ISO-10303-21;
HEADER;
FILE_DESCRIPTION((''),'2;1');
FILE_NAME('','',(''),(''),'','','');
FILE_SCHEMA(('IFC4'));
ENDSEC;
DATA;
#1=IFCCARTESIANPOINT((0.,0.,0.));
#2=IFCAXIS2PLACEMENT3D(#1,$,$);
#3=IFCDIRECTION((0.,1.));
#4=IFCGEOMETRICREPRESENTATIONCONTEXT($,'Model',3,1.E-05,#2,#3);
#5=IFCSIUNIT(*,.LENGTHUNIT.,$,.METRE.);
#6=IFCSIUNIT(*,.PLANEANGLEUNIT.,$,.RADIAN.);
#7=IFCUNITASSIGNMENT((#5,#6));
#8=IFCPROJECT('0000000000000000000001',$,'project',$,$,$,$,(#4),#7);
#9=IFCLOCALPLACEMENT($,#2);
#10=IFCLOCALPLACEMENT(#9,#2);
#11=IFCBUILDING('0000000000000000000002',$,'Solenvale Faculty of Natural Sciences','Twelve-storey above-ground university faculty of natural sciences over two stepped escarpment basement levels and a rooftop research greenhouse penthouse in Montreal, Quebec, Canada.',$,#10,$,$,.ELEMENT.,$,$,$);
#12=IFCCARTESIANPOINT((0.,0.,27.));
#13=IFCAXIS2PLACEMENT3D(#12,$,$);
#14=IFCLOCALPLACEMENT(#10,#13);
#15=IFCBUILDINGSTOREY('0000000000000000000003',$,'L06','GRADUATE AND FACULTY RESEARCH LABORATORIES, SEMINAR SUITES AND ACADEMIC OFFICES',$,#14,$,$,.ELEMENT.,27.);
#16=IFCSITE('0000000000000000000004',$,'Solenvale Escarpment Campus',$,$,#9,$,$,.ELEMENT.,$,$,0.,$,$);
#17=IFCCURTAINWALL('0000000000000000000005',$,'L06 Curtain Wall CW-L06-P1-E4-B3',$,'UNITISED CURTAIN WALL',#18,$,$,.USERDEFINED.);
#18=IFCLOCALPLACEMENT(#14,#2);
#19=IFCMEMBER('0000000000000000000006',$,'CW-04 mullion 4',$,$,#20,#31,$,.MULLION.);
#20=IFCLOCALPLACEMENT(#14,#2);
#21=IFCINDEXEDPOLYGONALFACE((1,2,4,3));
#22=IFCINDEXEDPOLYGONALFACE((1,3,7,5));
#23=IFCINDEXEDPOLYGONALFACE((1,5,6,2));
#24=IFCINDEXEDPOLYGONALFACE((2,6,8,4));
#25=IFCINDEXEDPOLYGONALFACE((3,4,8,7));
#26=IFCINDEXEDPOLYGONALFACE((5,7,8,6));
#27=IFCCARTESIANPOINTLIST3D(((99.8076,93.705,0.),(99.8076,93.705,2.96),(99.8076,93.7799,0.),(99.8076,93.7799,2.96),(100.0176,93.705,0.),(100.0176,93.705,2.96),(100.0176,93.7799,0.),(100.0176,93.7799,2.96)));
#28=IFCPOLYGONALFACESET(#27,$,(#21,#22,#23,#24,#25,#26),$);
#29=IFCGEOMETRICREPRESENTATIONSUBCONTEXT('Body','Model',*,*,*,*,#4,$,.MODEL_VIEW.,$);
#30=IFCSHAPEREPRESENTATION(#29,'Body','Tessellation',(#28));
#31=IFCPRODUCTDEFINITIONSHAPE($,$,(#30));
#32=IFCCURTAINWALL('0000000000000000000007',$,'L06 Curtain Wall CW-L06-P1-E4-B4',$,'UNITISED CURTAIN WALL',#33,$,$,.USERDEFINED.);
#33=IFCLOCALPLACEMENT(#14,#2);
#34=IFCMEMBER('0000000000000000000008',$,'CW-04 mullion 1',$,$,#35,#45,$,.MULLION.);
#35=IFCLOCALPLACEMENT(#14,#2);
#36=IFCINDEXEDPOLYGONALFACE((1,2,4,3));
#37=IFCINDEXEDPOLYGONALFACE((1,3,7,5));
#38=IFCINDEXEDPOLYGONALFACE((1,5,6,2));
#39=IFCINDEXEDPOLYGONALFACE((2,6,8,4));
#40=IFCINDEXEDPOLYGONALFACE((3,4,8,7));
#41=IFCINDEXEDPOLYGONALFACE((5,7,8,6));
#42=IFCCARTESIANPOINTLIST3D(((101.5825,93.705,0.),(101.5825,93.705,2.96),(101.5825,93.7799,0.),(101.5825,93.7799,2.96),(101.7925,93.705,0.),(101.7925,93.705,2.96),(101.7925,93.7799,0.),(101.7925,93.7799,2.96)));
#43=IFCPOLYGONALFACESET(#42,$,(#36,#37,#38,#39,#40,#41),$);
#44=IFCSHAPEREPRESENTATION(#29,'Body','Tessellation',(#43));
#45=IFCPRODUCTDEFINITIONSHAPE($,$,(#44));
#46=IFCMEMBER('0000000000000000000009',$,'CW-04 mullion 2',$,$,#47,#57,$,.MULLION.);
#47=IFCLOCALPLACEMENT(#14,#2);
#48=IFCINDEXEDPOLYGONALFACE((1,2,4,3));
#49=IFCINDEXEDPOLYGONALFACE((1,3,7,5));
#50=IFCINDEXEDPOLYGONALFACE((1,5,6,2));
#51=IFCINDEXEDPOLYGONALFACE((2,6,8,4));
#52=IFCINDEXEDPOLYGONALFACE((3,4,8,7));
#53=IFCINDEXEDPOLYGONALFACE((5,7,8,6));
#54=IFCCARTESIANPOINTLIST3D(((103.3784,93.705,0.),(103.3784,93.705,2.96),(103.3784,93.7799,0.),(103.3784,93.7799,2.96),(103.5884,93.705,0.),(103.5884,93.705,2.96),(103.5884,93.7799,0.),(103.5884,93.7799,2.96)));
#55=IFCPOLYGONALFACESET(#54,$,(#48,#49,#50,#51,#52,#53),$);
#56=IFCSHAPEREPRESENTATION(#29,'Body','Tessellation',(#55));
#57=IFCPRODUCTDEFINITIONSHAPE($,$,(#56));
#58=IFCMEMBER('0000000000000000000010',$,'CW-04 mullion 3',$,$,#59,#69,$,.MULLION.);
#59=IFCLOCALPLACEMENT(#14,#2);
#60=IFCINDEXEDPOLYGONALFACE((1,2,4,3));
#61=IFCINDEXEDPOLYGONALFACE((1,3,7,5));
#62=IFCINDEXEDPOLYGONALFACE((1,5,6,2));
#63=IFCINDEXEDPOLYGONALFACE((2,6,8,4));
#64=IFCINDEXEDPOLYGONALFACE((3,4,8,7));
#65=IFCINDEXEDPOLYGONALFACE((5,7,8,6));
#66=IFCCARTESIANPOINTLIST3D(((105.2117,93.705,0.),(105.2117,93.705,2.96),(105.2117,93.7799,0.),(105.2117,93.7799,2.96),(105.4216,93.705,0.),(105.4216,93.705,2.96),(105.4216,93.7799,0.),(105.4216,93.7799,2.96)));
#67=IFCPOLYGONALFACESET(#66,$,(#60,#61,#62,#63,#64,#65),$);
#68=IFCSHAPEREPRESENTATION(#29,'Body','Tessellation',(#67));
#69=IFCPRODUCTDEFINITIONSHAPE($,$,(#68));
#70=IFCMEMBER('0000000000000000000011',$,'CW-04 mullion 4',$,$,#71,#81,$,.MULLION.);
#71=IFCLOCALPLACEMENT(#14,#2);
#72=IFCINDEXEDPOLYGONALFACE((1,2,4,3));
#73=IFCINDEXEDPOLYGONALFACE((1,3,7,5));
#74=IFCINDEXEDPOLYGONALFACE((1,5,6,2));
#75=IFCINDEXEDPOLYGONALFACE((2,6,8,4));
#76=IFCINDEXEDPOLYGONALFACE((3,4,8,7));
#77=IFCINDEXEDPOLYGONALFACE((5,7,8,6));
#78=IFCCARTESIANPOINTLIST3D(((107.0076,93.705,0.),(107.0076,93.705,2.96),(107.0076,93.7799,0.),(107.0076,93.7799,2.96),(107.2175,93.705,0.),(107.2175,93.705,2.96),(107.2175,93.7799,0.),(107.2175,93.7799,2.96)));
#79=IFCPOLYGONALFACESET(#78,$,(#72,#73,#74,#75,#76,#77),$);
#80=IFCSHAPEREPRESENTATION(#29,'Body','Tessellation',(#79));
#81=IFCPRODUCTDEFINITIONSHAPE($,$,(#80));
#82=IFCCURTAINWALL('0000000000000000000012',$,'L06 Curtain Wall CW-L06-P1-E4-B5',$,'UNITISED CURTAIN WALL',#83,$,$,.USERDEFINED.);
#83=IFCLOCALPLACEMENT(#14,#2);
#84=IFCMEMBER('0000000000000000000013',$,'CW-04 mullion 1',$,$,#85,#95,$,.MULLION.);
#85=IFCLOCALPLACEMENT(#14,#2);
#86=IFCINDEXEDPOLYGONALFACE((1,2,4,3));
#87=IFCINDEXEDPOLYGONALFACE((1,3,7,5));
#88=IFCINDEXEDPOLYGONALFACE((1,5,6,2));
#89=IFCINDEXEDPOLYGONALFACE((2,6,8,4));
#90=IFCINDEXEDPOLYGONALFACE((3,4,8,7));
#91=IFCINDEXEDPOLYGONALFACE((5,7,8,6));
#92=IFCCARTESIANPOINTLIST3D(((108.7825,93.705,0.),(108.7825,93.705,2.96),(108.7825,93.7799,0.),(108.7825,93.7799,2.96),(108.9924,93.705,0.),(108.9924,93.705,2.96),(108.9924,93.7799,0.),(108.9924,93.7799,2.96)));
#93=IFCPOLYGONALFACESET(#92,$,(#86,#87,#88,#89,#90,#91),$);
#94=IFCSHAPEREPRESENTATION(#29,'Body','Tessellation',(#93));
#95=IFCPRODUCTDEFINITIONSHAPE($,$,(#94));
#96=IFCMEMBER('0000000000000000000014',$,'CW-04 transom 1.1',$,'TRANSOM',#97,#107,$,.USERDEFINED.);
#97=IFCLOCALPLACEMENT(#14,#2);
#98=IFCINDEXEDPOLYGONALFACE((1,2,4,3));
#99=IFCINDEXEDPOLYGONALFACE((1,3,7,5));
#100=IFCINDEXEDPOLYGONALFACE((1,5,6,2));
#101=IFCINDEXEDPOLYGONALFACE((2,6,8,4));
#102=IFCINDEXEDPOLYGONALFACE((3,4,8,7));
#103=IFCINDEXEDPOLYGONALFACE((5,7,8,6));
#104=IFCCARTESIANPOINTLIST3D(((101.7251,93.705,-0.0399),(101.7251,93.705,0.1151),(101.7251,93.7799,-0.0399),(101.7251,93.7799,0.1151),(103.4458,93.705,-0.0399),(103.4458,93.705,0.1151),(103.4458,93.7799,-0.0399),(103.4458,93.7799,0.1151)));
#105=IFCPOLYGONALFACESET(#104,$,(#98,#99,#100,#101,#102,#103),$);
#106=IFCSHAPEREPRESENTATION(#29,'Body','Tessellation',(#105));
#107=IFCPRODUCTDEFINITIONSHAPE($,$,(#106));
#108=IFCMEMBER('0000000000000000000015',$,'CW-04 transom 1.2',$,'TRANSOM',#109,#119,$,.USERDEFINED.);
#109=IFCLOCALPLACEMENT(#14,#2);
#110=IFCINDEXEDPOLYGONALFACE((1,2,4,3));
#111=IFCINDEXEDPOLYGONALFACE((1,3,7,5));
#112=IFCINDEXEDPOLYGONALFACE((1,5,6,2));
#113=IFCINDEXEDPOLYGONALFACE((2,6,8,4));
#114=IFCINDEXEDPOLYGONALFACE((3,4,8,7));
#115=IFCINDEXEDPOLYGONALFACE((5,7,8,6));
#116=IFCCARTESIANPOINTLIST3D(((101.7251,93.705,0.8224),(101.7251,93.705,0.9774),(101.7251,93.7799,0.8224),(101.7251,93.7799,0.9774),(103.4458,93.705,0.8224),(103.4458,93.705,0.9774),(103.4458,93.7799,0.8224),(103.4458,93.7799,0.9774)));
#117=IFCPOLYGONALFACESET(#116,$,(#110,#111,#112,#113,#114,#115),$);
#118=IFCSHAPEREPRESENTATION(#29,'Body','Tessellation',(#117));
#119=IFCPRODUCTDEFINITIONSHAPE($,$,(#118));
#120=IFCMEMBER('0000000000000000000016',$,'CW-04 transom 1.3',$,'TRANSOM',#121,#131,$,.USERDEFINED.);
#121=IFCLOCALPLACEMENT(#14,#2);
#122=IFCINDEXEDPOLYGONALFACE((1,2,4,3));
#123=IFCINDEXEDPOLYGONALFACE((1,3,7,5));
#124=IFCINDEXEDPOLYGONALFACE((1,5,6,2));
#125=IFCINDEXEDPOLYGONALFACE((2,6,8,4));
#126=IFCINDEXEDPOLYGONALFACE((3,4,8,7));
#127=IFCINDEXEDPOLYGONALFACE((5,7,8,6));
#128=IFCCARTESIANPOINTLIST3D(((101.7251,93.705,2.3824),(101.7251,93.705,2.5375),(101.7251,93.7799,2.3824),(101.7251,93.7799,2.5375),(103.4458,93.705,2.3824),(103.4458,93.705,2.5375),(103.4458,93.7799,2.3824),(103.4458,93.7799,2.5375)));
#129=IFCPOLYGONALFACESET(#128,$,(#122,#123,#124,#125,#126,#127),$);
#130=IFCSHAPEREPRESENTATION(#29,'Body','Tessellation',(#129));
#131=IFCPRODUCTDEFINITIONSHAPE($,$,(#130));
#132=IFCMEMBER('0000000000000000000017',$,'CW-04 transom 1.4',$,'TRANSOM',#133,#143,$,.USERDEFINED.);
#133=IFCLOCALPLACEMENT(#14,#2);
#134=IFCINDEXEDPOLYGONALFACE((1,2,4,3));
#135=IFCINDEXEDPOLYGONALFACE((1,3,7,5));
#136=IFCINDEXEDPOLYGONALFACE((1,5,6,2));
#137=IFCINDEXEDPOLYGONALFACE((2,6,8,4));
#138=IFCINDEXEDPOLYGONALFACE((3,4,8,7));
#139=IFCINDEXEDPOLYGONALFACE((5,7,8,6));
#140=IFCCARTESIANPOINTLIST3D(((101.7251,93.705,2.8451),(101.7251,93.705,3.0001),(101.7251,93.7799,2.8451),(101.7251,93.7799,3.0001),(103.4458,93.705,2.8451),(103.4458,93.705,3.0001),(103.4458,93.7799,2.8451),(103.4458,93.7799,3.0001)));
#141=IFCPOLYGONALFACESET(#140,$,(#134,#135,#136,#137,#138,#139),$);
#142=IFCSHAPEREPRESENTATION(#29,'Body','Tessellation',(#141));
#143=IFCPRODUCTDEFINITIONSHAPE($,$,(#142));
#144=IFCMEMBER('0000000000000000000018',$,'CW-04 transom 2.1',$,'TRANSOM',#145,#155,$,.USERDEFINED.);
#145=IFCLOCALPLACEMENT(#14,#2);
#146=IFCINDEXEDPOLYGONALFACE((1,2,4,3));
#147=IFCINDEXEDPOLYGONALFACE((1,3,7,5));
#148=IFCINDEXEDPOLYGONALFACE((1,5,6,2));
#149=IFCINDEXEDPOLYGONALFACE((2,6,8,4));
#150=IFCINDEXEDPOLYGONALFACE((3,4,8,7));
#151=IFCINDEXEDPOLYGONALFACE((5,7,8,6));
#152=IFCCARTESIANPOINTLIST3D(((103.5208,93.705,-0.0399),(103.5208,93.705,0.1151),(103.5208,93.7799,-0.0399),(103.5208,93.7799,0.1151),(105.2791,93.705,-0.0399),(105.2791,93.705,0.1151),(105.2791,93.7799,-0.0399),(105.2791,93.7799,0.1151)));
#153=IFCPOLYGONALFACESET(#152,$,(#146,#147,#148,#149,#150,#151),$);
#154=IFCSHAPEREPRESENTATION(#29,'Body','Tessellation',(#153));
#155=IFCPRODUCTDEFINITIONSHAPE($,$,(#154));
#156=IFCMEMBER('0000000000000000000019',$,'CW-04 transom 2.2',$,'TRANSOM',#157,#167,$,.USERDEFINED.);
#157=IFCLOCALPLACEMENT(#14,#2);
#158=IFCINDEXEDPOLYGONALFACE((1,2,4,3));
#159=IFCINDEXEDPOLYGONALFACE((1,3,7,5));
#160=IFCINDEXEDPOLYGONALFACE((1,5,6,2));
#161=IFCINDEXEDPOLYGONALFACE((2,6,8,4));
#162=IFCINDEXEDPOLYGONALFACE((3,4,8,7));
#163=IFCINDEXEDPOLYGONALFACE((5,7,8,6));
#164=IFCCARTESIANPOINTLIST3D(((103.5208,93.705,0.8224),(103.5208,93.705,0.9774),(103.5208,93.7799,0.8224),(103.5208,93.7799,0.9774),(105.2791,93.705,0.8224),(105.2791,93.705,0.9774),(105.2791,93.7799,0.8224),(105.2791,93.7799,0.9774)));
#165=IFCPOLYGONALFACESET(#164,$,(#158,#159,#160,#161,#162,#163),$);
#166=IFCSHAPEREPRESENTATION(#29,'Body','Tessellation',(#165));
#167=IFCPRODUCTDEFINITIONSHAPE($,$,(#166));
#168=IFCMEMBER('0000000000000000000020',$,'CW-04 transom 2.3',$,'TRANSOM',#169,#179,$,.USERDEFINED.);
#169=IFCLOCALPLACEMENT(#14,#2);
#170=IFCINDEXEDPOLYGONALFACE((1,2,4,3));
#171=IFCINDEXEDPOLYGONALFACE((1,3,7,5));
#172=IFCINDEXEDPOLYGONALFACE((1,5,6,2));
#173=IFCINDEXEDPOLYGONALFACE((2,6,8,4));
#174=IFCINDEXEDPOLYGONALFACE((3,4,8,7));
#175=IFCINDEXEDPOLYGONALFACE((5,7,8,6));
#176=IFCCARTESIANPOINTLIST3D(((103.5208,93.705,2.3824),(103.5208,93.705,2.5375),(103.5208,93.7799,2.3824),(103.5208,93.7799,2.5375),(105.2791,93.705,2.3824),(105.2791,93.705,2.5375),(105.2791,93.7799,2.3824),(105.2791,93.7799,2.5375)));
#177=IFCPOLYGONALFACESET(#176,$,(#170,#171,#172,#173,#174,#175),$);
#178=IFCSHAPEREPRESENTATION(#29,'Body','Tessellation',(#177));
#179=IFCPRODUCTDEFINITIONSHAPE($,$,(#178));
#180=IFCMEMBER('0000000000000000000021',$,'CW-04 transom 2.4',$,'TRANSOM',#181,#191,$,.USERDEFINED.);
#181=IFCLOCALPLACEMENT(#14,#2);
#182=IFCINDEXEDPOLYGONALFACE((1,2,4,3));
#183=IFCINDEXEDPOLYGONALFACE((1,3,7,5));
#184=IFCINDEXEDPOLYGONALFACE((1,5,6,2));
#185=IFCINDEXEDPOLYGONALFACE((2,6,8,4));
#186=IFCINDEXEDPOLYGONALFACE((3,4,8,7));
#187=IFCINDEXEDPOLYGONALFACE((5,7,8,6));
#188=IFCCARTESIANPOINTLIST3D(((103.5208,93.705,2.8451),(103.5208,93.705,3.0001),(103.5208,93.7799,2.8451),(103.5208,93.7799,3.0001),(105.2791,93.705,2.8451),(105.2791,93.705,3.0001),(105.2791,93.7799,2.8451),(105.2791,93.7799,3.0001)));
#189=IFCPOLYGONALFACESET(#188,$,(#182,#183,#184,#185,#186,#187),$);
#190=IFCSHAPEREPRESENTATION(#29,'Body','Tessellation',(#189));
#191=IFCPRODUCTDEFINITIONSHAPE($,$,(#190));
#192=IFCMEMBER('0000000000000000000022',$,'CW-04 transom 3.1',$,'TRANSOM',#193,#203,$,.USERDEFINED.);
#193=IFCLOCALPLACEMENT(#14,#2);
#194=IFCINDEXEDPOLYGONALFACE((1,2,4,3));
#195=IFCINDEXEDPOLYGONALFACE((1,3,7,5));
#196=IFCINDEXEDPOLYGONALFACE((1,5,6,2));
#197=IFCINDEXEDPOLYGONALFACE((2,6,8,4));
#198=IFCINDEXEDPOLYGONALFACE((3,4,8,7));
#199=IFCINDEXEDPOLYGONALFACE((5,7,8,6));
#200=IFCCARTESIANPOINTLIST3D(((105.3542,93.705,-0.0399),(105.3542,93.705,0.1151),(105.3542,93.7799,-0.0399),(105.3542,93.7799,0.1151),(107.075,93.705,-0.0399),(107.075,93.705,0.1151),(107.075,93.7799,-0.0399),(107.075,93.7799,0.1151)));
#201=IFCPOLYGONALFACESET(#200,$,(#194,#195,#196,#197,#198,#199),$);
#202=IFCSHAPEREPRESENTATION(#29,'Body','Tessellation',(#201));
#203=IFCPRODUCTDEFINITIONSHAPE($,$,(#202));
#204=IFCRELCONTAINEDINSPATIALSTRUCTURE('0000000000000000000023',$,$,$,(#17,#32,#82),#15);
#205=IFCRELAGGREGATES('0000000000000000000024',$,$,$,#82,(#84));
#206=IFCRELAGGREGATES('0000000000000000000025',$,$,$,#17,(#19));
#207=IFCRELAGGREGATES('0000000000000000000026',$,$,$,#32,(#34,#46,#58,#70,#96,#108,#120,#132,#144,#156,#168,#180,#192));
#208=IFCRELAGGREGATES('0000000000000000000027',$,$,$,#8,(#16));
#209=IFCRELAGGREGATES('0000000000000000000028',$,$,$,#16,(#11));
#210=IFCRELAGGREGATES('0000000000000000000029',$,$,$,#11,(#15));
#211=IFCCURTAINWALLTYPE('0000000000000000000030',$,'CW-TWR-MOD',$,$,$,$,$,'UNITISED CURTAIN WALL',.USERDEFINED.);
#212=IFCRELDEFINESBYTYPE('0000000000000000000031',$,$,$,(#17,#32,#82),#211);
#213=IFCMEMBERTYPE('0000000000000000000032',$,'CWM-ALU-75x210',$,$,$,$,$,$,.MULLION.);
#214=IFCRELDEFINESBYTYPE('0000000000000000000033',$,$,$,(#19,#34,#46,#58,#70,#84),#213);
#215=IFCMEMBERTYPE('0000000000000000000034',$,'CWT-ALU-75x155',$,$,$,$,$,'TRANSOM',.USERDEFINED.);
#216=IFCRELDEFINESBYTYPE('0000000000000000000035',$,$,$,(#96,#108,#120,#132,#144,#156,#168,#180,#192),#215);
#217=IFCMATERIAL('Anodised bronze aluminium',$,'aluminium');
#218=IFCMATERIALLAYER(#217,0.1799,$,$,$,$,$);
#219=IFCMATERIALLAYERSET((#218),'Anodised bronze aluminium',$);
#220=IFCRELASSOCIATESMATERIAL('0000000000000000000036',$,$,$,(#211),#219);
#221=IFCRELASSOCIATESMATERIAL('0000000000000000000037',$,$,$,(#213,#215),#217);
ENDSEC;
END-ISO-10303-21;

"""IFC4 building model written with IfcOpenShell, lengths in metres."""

from ifc_helpers import new_model, si_unit, direction, frame, origin, origin_2d, place, context, subcontext, project, spatial, rectangle, extrude, material, layer, layer_set, material_profile, profile_set, type_object, element, aggregate, save


model = new_model("IFC4")

# Units and contexts
model_context = context("Model", 3, precision=1e-05, world=origin(), true_north=direction((0.0, 1.0)))
body_context = subcontext(model_context, "Body", "Model", "MODEL_VIEW")
ifc_project = project(units=[si_unit("LENGTHUNIT", "METRE"), si_unit("PLANEANGLEUNIT", "RADIAN")], contexts=[model_context])

# Site, building, storey
site_placement = place(None, origin())
site = spatial("IfcSite", under=ifc_project, at=site_placement, Name="Solenvale Escarpment Campus", CompositionType="ELEMENT", RefElevation=0.0)
building_placement = place(site_placement, origin())
building = spatial("IfcBuilding", under=site, at=building_placement, Name="Solenvale Faculty of Natural Sciences", Description="Twelve-storey above-ground university faculty of natural sciences over two stepped escarpment basement levels and a rooftop research greenhouse penthouse in Montreal, Quebec, Canada.", CompositionType="ELEMENT")
storey_placement = place(building_placement, frame((0.0, 0.0, 27.0)))
storey = spatial("IfcBuildingStorey", under=building, at=storey_placement, Name="L06", Description="GRADUATE AND FACULTY RESEARCH LABORATORIES, SEMINAR SUITES AND ACADEMIC OFFICES", CompositionType="ELEMENT", Elevation=27.0)

# Curtain wall, member
ifc_material_1 = material(Name="Anodised bronze aluminium", Category="aluminium")
ifc_layer_1 = layer(ifc_material_1, 0.1799)
ifc_layer_set_1 = layer_set([ifc_layer_1], Name="Anodised bronze aluminium")
curtain_wall_type = type_object("IfcCurtainWallType", Name="CW-TWR-MOD", ElementType="UNITISED CURTAIN WALL", PredefinedType="USERDEFINED", material=ifc_layer_set_1)
curtain_wall_1_placement = place(storey_placement, origin())
curtain_wall_1 = element("IfcCurtainWall", 1, at=curtain_wall_1_placement, inside=storey, type_object=curtain_wall_type, Name="L06 Curtain Wall CW-L06-P1-E4-B3", ObjectType="UNITISED CURTAIN WALL", PredefinedType="USERDEFINED")
ifc_material_profile_1 = material_profile(ifc_material_1, rectangle(XDim=0.075, YDim=0.21, at=origin_2d()), Name="ALU-MUL-75x210")
ifc_profile_set_1 = profile_set([ifc_material_profile_1], Name="Anodised bronze aluminium")
member_type_1 = type_object("IfcMemberType", Name="CWM-ALU-75x210", PredefinedType="MULLION", material=ifc_profile_set_1)
member_1_placement = place(storey_placement, frame((99.9126, 93.7424, 0.0), z_axis=(0.0, 0.0, 1.0), x_axis=(0.0, 1.0, 0.0)))
member_1 = element("IfcMember", 2, at=member_1_placement, type_object=member_type_1, Name="CW-04 mullion 4", PredefinedType="MULLION", context=body_context, shape_type="SweptSolid", body=[
    extrude(rectangle(XDim=0.075, YDim=0.21, at=origin_2d()), origin(), (0.0, 0.0, 1.0), 2.96),
])

# Curtain wall, members
curtain_wall_2_placement = place(storey_placement, origin())
curtain_wall_2 = element("IfcCurtainWall", 3, at=curtain_wall_2_placement, inside=storey, type_object=curtain_wall_type, Name="L06 Curtain Wall CW-L06-P1-E4-B4", ObjectType="UNITISED CURTAIN WALL", PredefinedType="USERDEFINED")
member_2_placement = place(storey_placement, frame((101.6875, 93.7424, 0.0), z_axis=(0.0, 0.0, 1.0), x_axis=(0.0, 1.0, 0.0)))
member_2 = element("IfcMember", 4, at=member_2_placement, type_object=member_type_1, Name="CW-04 mullion 1", PredefinedType="MULLION", context=body_context, shape_type="SweptSolid", body=[
    extrude(rectangle(XDim=0.075, YDim=0.21, at=origin_2d()), origin(), (0.0, 0.0, 1.0), 2.96),
])
member_3_placement = place(storey_placement, frame((103.4834, 93.7424, 0.0), z_axis=(0.0, 0.0, 1.0), x_axis=(0.0, 1.0, 0.0)))
member_3 = element("IfcMember", 5, at=member_3_placement, type_object=member_type_1, Name="CW-04 mullion 2", PredefinedType="MULLION", context=body_context, shape_type="SweptSolid", body=[
    extrude(rectangle(XDim=0.075, YDim=0.21, at=origin_2d()), origin(), (0.0, 0.0, 1.0), 2.96),
])
member_4_placement = place(storey_placement, frame((105.3167, 93.7424, 0.0), z_axis=(0.0, 0.0, 1.0), x_axis=(0.0, 1.0, 0.0)))
member_4 = element("IfcMember", 6, at=member_4_placement, type_object=member_type_1, Name="CW-04 mullion 3", PredefinedType="MULLION", context=body_context, shape_type="SweptSolid", body=[
    extrude(rectangle(XDim=0.075, YDim=0.21, at=origin_2d()), origin(), (0.0, 0.0, 1.0), 2.96),
])
member_5_placement = place(storey_placement, frame((107.1125, 93.7424, 0.0), z_axis=(0.0, 0.0, 1.0), x_axis=(0.0, 1.0, 0.0)))
member_5 = element("IfcMember", 7, at=member_5_placement, type_object=member_type_1, Name="CW-04 mullion 4", PredefinedType="MULLION", context=body_context, shape_type="SweptSolid", body=[
    extrude(rectangle(XDim=0.075, YDim=0.21, at=origin_2d()), origin(), (0.0, 0.0, 1.0), 2.96),
])

# Curtain wall, member
curtain_wall_3_placement = place(storey_placement, origin())
curtain_wall_3 = element("IfcCurtainWall", 8, at=curtain_wall_3_placement, inside=storey, type_object=curtain_wall_type, Name="L06 Curtain Wall CW-L06-P1-E4-B5", ObjectType="UNITISED CURTAIN WALL", PredefinedType="USERDEFINED")
member_6_placement = place(storey_placement, frame((108.8875, 93.7424, 0.0), z_axis=(0.0, 0.0, 1.0), x_axis=(0.0, 1.0, 0.0)))
member_6 = element("IfcMember", 9, at=member_6_placement, type_object=member_type_1, Name="CW-04 mullion 1", PredefinedType="MULLION", context=body_context, shape_type="SweptSolid", body=[
    extrude(rectangle(XDim=0.075, YDim=0.21, at=origin_2d()), origin(), (0.0, 0.0, 1.0), 2.96),
])
aggregate(curtain_wall_3, [member_6])

# Members
ifc_material_profile_2 = material_profile(ifc_material_1, rectangle(XDim=0.075, YDim=0.155, at=origin_2d()), Name="ALU-TRN-75x155")
ifc_profile_set_2 = profile_set([ifc_material_profile_2], Name="Anodised bronze aluminium")
member_type_2 = type_object("IfcMemberType", Name="CWT-ALU-75x155", ElementType="TRANSOM", PredefinedType="USERDEFINED", material=ifc_profile_set_2)
member_7_placement = place(storey_placement, frame((101.7251, 93.7424, 0.0376), z_axis=(1.0, 0.0, 0.0), x_axis=(0.0, 1.0, 0.0)))
member_7 = element("IfcMember", 10, at=member_7_placement, type_object=member_type_2, Name="CW-04 transom 1.1", ObjectType="TRANSOM", PredefinedType="USERDEFINED", context=body_context, shape_type="SweptSolid", body=[
    extrude(rectangle(XDim=0.075, YDim=0.155, at=origin_2d()), origin(), (0.0, 0.0, 1.0), 1.7207),
])
member_8_placement = place(storey_placement, frame((101.7251, 93.7424, 0.8999), z_axis=(1.0, 0.0, 0.0), x_axis=(0.0, 1.0, 0.0)))
member_8 = element("IfcMember", 11, at=member_8_placement, type_object=member_type_2, Name="CW-04 transom 1.2", ObjectType="TRANSOM", PredefinedType="USERDEFINED", context=body_context, shape_type="SweptSolid", body=[
    extrude(rectangle(XDim=0.075, YDim=0.155, at=origin_2d()), origin(), (0.0, 0.0, 1.0), 1.7207),
])
member_9_placement = place(storey_placement, frame((101.7251, 93.7424, 2.46), z_axis=(1.0, 0.0, 0.0), x_axis=(0.0, 1.0, 0.0)))
member_9 = element("IfcMember", 12, at=member_9_placement, type_object=member_type_2, Name="CW-04 transom 1.3", ObjectType="TRANSOM", PredefinedType="USERDEFINED", context=body_context, shape_type="SweptSolid", body=[
    extrude(rectangle(XDim=0.075, YDim=0.155, at=origin_2d()), origin(), (0.0, 0.0, 1.0), 1.7207),
])
member_10_placement = place(storey_placement, frame((101.7251, 93.7424, 2.9226), z_axis=(1.0, 0.0, 0.0), x_axis=(0.0, 1.0, 0.0)))
member_10 = element("IfcMember", 13, at=member_10_placement, type_object=member_type_2, Name="CW-04 transom 1.4", ObjectType="TRANSOM", PredefinedType="USERDEFINED", context=body_context, shape_type="SweptSolid", body=[
    extrude(rectangle(XDim=0.075, YDim=0.155, at=origin_2d()), origin(), (0.0, 0.0, 1.0), 1.7207),
])
member_11_placement = place(storey_placement, frame((103.5208, 93.7424, 0.0376), z_axis=(1.0, 0.0, 0.0), x_axis=(0.0, 1.0, 0.0)))
member_11 = element("IfcMember", 14, at=member_11_placement, type_object=member_type_2, Name="CW-04 transom 2.1", ObjectType="TRANSOM", PredefinedType="USERDEFINED", context=body_context, shape_type="SweptSolid", body=[
    extrude(rectangle(XDim=0.075, YDim=0.155, at=origin_2d()), origin(), (0.0, 0.0, 1.0), 1.7583),
])
member_12_placement = place(storey_placement, frame((103.5208, 93.7424, 0.8999), z_axis=(1.0, 0.0, 0.0), x_axis=(0.0, 1.0, 0.0)))
member_12 = element("IfcMember", 15, at=member_12_placement, type_object=member_type_2, Name="CW-04 transom 2.2", ObjectType="TRANSOM", PredefinedType="USERDEFINED", context=body_context, shape_type="SweptSolid", body=[
    extrude(rectangle(XDim=0.075, YDim=0.155, at=origin_2d()), origin(), (0.0, 0.0, 1.0), 1.7583),
])
member_13_placement = place(storey_placement, frame((103.5208, 93.7424, 2.46), z_axis=(1.0, 0.0, 0.0), x_axis=(0.0, 1.0, 0.0)))
member_13 = element("IfcMember", 16, at=member_13_placement, type_object=member_type_2, Name="CW-04 transom 2.3", ObjectType="TRANSOM", PredefinedType="USERDEFINED", context=body_context, shape_type="SweptSolid", body=[
    extrude(rectangle(XDim=0.075, YDim=0.155, at=origin_2d()), origin(), (0.0, 0.0, 1.0), 1.7583),
])
member_14_placement = place(storey_placement, frame((103.5208, 93.7424, 2.9226), z_axis=(1.0, 0.0, 0.0), x_axis=(0.0, 1.0, 0.0)))
member_14 = element("IfcMember", 17, at=member_14_placement, type_object=member_type_2, Name="CW-04 transom 2.4", ObjectType="TRANSOM", PredefinedType="USERDEFINED", context=body_context, shape_type="SweptSolid", body=[
    extrude(rectangle(XDim=0.075, YDim=0.155, at=origin_2d()), origin(), (0.0, 0.0, 1.0), 1.7583),
])
member_15_placement = place(storey_placement, frame((105.3542, 93.7424, 0.0376), z_axis=(1.0, 0.0, 0.0), x_axis=(0.0, 1.0, 0.0)))
member_15 = element("IfcMember", 18, at=member_15_placement, type_object=member_type_2, Name="CW-04 transom 3.1", ObjectType="TRANSOM", PredefinedType="USERDEFINED", context=body_context, shape_type="SweptSolid", body=[
    extrude(rectangle(XDim=0.075, YDim=0.155, at=origin_2d()), origin(), (0.0, 0.0, 1.0), 1.7207),
])

aggregate(curtain_wall_1, [member_1])
aggregate(curtain_wall_2, [member_2, member_3, member_4, member_5, member_7, member_8, member_9, member_10, member_11, member_12, member_13, member_14, member_15])

save(model, "model.ifc")
